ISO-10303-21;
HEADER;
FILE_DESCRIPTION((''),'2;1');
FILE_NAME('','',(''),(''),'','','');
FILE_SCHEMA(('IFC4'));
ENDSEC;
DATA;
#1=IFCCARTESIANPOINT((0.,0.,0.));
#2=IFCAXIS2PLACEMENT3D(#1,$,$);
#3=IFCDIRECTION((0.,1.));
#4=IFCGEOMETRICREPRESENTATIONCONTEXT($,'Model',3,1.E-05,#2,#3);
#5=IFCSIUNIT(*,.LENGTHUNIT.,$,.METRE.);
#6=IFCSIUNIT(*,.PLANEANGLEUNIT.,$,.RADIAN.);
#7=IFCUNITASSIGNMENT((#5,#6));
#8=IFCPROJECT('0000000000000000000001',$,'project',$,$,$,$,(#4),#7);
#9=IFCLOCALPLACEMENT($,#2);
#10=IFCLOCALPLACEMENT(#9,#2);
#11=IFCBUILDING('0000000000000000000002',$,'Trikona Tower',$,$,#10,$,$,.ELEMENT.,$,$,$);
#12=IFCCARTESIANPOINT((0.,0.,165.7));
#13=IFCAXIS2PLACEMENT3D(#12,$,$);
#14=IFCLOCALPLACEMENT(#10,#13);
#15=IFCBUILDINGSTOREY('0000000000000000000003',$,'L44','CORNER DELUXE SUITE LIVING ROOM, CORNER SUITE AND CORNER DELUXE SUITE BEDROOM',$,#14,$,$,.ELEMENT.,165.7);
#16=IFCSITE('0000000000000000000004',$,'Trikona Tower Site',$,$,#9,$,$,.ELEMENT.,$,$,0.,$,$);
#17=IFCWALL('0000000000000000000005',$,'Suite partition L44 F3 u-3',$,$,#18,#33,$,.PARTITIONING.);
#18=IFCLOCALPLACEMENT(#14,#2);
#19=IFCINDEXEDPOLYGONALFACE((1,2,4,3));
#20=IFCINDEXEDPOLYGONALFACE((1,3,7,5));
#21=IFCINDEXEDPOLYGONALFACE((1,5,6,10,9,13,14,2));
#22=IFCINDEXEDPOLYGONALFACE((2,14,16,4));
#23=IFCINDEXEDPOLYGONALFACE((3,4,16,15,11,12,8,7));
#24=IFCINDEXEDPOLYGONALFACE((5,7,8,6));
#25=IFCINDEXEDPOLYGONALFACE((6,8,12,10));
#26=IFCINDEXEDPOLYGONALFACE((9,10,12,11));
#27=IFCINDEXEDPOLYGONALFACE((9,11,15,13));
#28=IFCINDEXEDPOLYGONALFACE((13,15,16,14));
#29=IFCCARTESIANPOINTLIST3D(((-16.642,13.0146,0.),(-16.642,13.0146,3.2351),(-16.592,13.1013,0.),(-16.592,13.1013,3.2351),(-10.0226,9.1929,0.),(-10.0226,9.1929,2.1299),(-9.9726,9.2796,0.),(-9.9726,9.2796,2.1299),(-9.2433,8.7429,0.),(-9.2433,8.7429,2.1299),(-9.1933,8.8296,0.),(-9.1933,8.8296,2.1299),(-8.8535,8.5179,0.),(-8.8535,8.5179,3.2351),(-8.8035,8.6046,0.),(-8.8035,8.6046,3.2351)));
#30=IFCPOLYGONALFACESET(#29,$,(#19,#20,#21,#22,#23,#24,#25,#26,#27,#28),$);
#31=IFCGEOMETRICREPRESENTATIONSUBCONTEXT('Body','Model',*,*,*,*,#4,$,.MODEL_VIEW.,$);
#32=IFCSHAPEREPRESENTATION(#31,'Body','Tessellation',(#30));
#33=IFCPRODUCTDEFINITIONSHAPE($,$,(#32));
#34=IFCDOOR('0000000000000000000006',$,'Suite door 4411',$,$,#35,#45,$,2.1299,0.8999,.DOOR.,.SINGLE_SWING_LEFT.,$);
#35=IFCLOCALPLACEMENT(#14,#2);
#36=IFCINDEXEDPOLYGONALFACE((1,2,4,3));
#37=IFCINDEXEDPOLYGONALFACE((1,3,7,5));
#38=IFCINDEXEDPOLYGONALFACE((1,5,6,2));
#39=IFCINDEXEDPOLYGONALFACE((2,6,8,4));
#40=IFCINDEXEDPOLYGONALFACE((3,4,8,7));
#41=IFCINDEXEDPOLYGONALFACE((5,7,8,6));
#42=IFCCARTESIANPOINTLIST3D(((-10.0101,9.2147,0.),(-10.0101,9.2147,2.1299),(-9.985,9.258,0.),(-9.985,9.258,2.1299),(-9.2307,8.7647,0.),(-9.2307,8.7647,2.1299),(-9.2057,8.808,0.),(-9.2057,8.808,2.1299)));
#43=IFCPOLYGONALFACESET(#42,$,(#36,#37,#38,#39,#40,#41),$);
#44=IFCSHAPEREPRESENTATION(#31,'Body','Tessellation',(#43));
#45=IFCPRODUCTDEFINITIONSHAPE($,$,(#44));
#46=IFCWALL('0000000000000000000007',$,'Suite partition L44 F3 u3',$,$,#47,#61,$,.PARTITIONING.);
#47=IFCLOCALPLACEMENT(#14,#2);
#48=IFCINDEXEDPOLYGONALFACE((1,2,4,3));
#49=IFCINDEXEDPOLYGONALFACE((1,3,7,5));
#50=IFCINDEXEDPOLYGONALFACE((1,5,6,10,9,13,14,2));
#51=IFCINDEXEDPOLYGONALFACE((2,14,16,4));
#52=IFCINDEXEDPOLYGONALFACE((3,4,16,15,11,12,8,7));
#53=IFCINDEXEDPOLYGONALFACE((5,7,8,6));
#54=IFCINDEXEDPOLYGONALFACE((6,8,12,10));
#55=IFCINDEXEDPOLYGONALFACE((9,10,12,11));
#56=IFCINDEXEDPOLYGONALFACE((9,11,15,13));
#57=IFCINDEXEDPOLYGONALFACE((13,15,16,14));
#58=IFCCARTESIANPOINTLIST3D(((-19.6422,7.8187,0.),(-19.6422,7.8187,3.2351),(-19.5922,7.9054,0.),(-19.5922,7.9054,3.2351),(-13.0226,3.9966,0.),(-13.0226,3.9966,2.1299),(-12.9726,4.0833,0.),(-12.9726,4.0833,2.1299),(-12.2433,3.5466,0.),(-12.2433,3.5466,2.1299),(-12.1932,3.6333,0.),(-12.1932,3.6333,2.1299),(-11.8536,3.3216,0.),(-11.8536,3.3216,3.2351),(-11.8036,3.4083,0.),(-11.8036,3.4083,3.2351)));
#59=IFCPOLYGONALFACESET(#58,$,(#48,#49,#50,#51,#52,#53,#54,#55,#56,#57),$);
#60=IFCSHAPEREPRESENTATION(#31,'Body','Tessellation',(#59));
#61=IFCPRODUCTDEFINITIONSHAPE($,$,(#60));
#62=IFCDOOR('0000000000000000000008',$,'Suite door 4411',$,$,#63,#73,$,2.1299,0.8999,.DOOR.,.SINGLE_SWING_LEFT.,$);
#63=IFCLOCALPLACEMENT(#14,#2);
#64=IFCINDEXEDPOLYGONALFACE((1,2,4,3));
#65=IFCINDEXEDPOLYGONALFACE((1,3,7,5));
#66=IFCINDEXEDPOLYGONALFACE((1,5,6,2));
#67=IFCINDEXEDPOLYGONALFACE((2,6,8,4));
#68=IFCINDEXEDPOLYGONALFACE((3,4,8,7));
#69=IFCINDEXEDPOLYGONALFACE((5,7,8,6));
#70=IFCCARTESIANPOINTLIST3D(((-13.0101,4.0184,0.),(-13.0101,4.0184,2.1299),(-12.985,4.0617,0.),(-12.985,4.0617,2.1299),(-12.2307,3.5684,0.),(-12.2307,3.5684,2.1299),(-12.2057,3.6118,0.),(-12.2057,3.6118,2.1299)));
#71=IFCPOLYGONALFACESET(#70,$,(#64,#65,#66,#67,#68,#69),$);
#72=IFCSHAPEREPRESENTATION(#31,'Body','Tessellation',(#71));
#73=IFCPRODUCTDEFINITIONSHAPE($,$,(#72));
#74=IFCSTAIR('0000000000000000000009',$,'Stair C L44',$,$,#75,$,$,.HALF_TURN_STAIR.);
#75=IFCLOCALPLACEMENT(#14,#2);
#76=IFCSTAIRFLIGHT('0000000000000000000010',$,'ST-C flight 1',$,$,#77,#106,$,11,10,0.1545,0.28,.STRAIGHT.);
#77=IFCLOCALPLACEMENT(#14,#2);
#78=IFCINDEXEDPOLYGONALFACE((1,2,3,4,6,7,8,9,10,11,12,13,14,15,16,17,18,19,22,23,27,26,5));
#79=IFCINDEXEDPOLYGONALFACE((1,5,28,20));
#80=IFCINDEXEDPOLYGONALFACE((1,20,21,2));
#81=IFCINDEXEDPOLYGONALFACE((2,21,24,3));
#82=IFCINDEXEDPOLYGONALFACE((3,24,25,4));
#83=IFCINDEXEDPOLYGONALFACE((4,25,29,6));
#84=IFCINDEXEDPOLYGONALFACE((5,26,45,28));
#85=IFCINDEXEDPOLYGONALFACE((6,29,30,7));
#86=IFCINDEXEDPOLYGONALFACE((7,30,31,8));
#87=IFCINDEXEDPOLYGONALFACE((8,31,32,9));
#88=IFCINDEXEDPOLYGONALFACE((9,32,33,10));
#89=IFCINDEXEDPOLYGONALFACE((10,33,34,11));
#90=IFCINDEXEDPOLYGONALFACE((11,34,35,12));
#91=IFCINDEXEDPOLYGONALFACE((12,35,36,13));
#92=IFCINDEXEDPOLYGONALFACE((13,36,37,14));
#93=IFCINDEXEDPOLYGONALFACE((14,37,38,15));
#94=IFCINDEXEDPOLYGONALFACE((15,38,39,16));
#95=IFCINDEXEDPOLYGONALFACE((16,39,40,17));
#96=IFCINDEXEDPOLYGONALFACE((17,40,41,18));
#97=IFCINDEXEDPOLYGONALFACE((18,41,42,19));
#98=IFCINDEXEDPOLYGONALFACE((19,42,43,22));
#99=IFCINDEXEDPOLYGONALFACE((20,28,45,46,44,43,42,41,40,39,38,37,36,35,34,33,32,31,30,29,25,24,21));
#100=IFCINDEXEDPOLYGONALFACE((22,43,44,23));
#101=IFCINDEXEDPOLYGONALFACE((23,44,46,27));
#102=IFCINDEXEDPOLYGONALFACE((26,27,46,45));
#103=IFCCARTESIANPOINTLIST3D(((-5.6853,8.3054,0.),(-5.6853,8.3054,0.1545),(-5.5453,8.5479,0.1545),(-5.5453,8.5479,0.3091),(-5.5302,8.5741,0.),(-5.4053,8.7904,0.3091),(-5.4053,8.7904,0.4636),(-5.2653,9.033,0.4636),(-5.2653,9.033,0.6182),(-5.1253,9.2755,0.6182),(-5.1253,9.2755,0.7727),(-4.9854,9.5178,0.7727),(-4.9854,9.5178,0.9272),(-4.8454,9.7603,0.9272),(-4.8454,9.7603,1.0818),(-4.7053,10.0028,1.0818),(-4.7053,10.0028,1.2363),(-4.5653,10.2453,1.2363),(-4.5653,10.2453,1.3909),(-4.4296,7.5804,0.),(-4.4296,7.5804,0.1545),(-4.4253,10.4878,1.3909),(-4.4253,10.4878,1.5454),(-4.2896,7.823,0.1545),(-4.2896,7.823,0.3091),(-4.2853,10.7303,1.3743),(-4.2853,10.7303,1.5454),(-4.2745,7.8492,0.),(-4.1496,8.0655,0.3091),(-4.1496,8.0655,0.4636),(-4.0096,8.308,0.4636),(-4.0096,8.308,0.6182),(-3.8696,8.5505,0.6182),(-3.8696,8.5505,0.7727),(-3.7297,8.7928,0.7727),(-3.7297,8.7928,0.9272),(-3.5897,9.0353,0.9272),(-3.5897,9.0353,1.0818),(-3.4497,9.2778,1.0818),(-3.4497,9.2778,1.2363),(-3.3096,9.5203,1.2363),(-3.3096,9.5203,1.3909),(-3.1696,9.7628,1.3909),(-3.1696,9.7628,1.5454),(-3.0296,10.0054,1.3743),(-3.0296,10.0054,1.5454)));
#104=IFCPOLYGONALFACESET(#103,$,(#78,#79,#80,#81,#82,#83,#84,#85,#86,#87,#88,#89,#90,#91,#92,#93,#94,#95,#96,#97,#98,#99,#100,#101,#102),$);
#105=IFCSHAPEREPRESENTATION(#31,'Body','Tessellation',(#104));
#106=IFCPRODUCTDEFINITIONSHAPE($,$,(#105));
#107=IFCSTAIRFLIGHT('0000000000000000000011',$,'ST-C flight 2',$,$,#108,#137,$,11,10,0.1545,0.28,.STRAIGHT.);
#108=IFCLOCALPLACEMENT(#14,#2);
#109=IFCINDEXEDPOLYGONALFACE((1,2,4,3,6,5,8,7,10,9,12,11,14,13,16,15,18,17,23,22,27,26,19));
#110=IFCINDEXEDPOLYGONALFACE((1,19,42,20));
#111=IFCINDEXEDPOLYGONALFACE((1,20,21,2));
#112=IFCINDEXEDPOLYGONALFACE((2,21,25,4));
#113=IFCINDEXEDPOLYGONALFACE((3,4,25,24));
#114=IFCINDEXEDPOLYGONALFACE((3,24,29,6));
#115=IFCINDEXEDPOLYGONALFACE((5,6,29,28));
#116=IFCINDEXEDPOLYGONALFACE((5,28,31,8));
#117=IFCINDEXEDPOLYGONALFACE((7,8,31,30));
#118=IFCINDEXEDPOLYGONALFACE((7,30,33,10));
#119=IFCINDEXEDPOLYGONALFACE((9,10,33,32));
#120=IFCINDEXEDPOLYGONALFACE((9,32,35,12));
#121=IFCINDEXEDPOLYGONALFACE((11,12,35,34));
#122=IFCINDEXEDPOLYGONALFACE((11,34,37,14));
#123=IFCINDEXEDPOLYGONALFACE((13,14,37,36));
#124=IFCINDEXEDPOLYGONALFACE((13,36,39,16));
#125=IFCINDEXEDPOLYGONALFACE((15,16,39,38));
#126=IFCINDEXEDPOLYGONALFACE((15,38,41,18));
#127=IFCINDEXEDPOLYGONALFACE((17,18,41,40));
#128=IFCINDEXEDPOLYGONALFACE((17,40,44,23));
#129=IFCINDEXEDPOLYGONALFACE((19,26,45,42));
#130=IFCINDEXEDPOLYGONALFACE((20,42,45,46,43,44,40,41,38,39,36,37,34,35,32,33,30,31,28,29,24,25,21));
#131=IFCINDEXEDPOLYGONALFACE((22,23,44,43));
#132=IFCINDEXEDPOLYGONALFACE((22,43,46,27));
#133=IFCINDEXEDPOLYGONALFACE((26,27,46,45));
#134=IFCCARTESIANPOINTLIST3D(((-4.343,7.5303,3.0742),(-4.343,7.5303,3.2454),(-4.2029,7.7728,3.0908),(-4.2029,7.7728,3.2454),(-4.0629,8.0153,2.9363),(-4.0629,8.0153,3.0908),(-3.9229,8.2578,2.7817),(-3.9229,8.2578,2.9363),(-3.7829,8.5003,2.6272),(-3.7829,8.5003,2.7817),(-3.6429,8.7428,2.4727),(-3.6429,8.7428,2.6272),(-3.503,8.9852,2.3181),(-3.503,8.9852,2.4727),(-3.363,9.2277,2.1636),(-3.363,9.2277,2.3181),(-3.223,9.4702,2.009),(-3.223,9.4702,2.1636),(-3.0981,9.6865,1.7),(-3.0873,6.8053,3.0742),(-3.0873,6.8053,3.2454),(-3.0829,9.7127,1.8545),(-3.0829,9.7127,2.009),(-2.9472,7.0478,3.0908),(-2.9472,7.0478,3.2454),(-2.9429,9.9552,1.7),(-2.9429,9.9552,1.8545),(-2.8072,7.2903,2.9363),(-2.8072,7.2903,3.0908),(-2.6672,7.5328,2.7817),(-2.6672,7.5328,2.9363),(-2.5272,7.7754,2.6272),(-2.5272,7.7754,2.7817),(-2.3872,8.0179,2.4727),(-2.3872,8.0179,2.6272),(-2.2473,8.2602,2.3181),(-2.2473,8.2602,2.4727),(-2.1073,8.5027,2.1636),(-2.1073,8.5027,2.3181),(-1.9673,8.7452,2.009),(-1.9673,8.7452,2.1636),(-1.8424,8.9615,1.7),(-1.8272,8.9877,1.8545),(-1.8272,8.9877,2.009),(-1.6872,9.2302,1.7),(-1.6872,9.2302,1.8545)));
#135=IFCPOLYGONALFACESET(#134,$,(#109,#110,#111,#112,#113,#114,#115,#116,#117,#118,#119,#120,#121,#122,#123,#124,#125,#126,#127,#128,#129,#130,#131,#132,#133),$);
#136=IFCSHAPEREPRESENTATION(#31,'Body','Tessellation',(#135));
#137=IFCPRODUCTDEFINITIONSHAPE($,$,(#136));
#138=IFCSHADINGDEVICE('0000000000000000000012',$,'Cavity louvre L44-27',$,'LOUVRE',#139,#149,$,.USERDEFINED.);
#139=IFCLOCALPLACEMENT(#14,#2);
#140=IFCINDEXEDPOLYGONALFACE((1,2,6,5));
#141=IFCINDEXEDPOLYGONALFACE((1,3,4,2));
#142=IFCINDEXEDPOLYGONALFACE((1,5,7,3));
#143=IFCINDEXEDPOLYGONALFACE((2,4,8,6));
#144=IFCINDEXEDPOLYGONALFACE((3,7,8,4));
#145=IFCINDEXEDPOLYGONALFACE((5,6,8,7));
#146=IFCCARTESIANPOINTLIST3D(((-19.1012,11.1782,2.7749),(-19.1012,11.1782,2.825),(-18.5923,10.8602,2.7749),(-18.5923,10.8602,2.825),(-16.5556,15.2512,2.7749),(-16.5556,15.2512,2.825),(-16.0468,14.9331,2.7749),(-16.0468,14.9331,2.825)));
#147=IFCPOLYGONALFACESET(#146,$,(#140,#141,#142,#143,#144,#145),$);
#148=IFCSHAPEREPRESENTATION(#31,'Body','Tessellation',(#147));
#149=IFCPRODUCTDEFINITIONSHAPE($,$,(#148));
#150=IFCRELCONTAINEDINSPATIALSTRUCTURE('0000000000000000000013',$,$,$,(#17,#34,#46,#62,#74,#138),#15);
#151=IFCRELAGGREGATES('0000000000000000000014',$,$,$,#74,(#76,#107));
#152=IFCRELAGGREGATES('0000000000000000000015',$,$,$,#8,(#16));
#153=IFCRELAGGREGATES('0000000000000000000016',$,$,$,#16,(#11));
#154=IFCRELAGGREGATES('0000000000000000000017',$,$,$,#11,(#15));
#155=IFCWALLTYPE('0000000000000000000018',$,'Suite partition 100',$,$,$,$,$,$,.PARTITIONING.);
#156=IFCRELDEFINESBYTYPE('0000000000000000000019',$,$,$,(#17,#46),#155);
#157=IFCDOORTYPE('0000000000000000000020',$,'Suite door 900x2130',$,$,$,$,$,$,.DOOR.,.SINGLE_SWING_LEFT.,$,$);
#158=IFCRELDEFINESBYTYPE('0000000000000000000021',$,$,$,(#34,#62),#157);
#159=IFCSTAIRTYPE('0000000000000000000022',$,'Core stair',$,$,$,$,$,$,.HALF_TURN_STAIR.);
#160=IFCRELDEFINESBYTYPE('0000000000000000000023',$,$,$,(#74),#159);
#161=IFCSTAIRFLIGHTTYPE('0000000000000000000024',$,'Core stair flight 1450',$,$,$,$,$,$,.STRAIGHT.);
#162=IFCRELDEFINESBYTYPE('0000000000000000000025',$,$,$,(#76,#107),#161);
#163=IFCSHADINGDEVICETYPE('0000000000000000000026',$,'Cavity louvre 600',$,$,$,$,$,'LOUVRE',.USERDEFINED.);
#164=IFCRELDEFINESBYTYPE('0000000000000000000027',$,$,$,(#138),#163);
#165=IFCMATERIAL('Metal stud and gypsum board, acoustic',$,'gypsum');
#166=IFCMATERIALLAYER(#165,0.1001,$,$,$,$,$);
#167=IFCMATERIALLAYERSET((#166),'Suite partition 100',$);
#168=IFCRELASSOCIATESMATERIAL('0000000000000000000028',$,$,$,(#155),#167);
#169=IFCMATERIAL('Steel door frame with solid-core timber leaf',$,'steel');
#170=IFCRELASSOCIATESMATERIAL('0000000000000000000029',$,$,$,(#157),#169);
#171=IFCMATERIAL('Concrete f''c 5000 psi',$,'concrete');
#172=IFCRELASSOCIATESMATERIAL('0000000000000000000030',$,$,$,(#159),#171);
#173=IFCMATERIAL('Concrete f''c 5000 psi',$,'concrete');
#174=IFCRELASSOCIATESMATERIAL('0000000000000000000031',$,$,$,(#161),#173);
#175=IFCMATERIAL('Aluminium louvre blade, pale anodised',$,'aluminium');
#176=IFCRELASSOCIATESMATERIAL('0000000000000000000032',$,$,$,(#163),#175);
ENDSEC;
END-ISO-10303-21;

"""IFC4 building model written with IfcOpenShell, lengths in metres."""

from ifc_helpers import new_model, si_unit, direction, frame, frame_2d, origin, origin_2d, place, context, subcontext, project, spatial, polyline, rectangle, outline, extrude, material, layer, layer_set, type_object, element, fill, aggregate, save


model = new_model("IFC4")

# Units and contexts
model_context = context("Model", 3, precision=1e-05, world=origin(), true_north=direction((0.0, 1.0)))
body_context = subcontext(model_context, "Body", "Model", "MODEL_VIEW")
ifc_project = project(units=[si_unit("LENGTHUNIT", "METRE"), si_unit("PLANEANGLEUNIT", "RADIAN")], contexts=[model_context])

# Site, building, storey
site_placement = place(None, origin())
site = spatial("IfcSite", under=ifc_project, at=site_placement, Name="Trikona Tower Site", CompositionType="ELEMENT", RefElevation=0.0)
building_placement = place(site_placement, origin())
building = spatial("IfcBuilding", under=site, at=building_placement, Name="Trikona Tower", CompositionType="ELEMENT")
storey_placement = place(building_placement, frame((0.0, 0.0, 165.7)))
storey = spatial("IfcBuildingStorey", under=building, at=storey_placement, Name="L44", Description="CORNER DELUXE SUITE LIVING ROOM, CORNER SUITE AND CORNER DELUXE SUITE BEDROOM", CompositionType="ELEMENT", Elevation=165.7)

# Walls, openings, doors
ifc_material_1 = material(Name="Metal stud and gypsum board, acoustic", Category="gypsum")
ifc_layer_1 = layer(ifc_material_1, 0.1001)
ifc_layer_set_1 = layer_set([ifc_layer_1], Name="Suite partition 100")
wall_type_1 = type_object("IfcWallType", Name="Suite partition 100", PredefinedType="PARTITIONING", material=ifc_layer_set_1)
wall_1_placement = place(storey_placement, frame((-8.8286, 8.5613, 0.0), z_axis=(0.0, 0.0, 1.0), x_axis=(-0.866021, 0.500008, 0.0)))
wall_1 = element("IfcWall", 1, at=wall_1_placement, inside=storey, type_object=wall_type_1, Name="Suite partition L44 F3 u-3", PredefinedType="PARTITIONING", context=body_context, shape_type="SweptSolid", body=[
    extrude(rectangle(XDim=8.9934, YDim=0.1001, at=frame_2d((4.4966, 0.0))), origin(), (0.0, 0.0, 1.0), 3.2351),
])
opening_1_placement = place(wall_1_placement, frame((0.45, 0.0, 0.0)))
opening_1 = element("IfcOpeningElement", 2, at=opening_1_placement, cuts=wall_1, PredefinedType="OPENING", context=body_context, shape_type="SweptSolid", body=[
    extrude(rectangle(XDim=0.8999, YDim=2.1299, at=frame_2d((0.45, 1.0649))), frame((0.0, 0.0601, 0.0), z_axis=(0.0, -1.0, 0.0), x_axis=(1.0, 0.0, 0.0)), (0.0, 0.0, 1.0), 0.1201),
])
ifc_material_2 = material(Name="Steel door frame with solid-core timber leaf", Category="steel")
door_type_1 = type_object("IfcDoorType", Name="Suite door 900x2130", OperationType="SINGLE_SWING_LEFT", PredefinedType="DOOR", material=ifc_material_2)
door_1_placement = place(opening_1_placement, origin())
door_1 = element("IfcDoor", 3, at=door_1_placement, inside=storey, type_object=door_type_1, Name="Suite door 4411", OperationType="SINGLE_SWING_LEFT", OverallHeight=2.1299, OverallWidth=0.8999, PredefinedType="DOOR", context=body_context, shape_type="SweptSolid", body=[
    extrude(rectangle(XDim=0.8999, YDim=2.1299, at=frame_2d((0.45, 1.0649))), frame((0.0, 0.0249, 0.0), z_axis=(0.0, -1.0, 0.0), x_axis=(1.0, 0.0, 0.0)), (0.0, 0.0, 1.0), 0.05),
])
fill(opening_1, door_1)
wall_2_placement = place(storey_placement, frame((-11.8286, 3.365, 0.0), z_axis=(0.0, 0.0, 1.0), x_axis=(-0.866009, 0.500028, 0.0)))
wall_2 = element("IfcWall", 4, at=wall_2_placement, inside=storey, type_object=wall_type_1, Name="Suite partition L44 F3 u3", PredefinedType="PARTITIONING", context=body_context, shape_type="SweptSolid", body=[
    extrude(rectangle(XDim=8.9937, YDim=0.1001, at=frame_2d((4.4968, 0.0))), origin(), (0.0, 0.0, 1.0), 3.2351),
])
opening_2_placement = place(wall_2_placement, frame((0.45, 0.0, 0.0)))
opening_2 = element("IfcOpeningElement", 5, at=opening_2_placement, cuts=wall_2, PredefinedType="OPENING", context=body_context, shape_type="SweptSolid", body=[
    extrude(rectangle(XDim=0.8999, YDim=2.1299, at=frame_2d((0.45, 1.0649))), frame((0.0, 0.0601, 0.0), z_axis=(0.0, -1.0, 0.0), x_axis=(1.0, 0.0, 0.0)), (0.0, 0.0, 1.0), 0.1201),
])
door_2_placement = place(opening_2_placement, origin())
door_2 = element("IfcDoor", 6, at=door_2_placement, inside=storey, type_object=door_type_1, Name="Suite door 4411", OperationType="SINGLE_SWING_LEFT", OverallHeight=2.1299, OverallWidth=0.8999, PredefinedType="DOOR", context=body_context, shape_type="SweptSolid", body=[
    extrude(rectangle(XDim=0.8999, YDim=2.1299, at=frame_2d((0.45, 1.0649))), frame((0.0, 0.0249, 0.0), z_axis=(0.0, -1.0, 0.0), x_axis=(1.0, 0.0, 0.0)), (0.0, 0.0, 1.0), 0.05),
])
fill(opening_2, door_2)

# Stair, stair flights
ifc_material_3 = material(Name="Concrete f'c 5000 psi", Category="concrete")
stair_type = type_object("IfcStairType", Name="Core stair", PredefinedType="HALF_TURN_STAIR", material=ifc_material_3)
stair_placement = place(storey_placement, origin())
stair = element("IfcStair", 7, at=stair_placement, inside=storey, type_object=stair_type, Name="Stair C L44", PredefinedType="HALF_TURN_STAIR")
ifc_material_4 = material(Name="Concrete f'c 5000 psi", Category="concrete")
stair_flight_type = type_object("IfcStairFlightType", Name="Core stair flight 1450", PredefinedType="STRAIGHT", material=ifc_material_4)
stair_flight_1_placement = place(storey_placement, frame((-5.0574, 7.9429, 0.0), z_axis=(0.0, 0.0, 1.0), x_axis=(0.5, 0.866025, 0.0)))
stair_flight_1 = element("IfcStairFlight", 8, at=stair_flight_1_placement, type_object=stair_flight_type, Name="ST-C flight 1", NumberOfRisers=11, NumberOfTreads=10, PredefinedType="STRAIGHT", RiserHeight=0.1545, TreadLength=0.28, context=body_context, shape_type="SweptSolid", body=[
    extrude(outline(polyline([(0.0, 0.0), (0.0, 0.1545), (0.28, 0.1545), (0.28, 0.3091), (0.5601, 0.3091), (0.5601, 0.4636), (0.8401, 0.4636), (0.8401, 0.6182), (1.1201, 0.6182), (1.1201, 0.7727), (1.3999, 0.7727), (1.3999, 0.9272), (1.6799, 0.9272), (1.6799, 1.0818), (1.96, 1.0818), (1.96, 1.2363), (2.24, 1.2363), (2.24, 1.3909), (2.52, 1.3909), (2.52, 1.5454), (2.8, 1.5454), (2.8, 1.7), (2.8, 1.3743), (0.3103, 0.0), (0.0, 0.0)])), frame((0.0, 0.7251, 0.0), z_axis=(0.0, -1.0, 0.0), x_axis=(1.0, 0.0, 0.0)), (0.0, 0.0, 1.0), 1.45),
])
stair_flight_2_placement = place(storey_placement, frame((-2.3152, 9.5928, 1.7), z_axis=(0.0, 0.0, 1.0), x_axis=(-0.5, -0.866025, 0.0)))
stair_flight_2 = element("IfcStairFlight", 9, at=stair_flight_2_placement, type_object=stair_flight_type, Name="ST-C flight 2", NumberOfRisers=11, NumberOfTreads=10, PredefinedType="STRAIGHT", RiserHeight=0.1545, TreadLength=0.28, context=body_context, shape_type="SweptSolid", body=[
    extrude(outline(polyline([(0.0, 0.0), (0.0, 0.1545), (0.28, 0.1545), (0.28, 0.3091), (0.5601, 0.3091), (0.5601, 0.4636), (0.8401, 0.4636), (0.8401, 0.6182), (1.1201, 0.6182), (1.1201, 0.7727), (1.3999, 0.7727), (1.3999, 0.9272), (1.6799, 0.9272), (1.6799, 1.0818), (1.96, 1.0818), (1.96, 1.2363), (2.24, 1.2363), (2.24, 1.3909), (2.52, 1.3909), (2.52, 1.5454), (2.8, 1.5454), (2.8, 1.7), (2.8, 1.3743), (0.3103, 0.0), (0.0, 0.0)])), frame((0.0, 0.7251, 0.0), z_axis=(0.0, -1.0, 0.0), x_axis=(1.0, 0.0, 0.0)), (0.0, 0.0, 1.0), 1.45),
])
aggregate(stair, [stair_flight_1, stair_flight_2])

# Shading device
ifc_material_5 = material(Name="Aluminium louvre blade, pale anodised", Category="aluminium")
shading_device_type = type_object("IfcShadingDeviceType", Name="Cavity louvre 600", ElementType="LOUVRE", PredefinedType="USERDEFINED", material=ifc_material_5)
shading_device_placement = place(storey_placement, frame((-17.574, 13.0557, 2.7749), z_axis=(0.0, 0.0, 1.0), x_axis=(-0.529995, -0.848001, 0.0)))
element("IfcShadingDevice", 10, at=shading_device_placement, inside=storey, type_object=shading_device_type, Name="Cavity louvre L44-27", ObjectType="LOUVRE", PredefinedType="USERDEFINED", context=body_context, shape_type="SweptSolid", body=[
    extrude(rectangle(XDim=4.803, YDim=0.6001, at=origin_2d()), origin(), (0.0, 0.0, 1.0), 0.05),
])

save(model, "model.ifc")
